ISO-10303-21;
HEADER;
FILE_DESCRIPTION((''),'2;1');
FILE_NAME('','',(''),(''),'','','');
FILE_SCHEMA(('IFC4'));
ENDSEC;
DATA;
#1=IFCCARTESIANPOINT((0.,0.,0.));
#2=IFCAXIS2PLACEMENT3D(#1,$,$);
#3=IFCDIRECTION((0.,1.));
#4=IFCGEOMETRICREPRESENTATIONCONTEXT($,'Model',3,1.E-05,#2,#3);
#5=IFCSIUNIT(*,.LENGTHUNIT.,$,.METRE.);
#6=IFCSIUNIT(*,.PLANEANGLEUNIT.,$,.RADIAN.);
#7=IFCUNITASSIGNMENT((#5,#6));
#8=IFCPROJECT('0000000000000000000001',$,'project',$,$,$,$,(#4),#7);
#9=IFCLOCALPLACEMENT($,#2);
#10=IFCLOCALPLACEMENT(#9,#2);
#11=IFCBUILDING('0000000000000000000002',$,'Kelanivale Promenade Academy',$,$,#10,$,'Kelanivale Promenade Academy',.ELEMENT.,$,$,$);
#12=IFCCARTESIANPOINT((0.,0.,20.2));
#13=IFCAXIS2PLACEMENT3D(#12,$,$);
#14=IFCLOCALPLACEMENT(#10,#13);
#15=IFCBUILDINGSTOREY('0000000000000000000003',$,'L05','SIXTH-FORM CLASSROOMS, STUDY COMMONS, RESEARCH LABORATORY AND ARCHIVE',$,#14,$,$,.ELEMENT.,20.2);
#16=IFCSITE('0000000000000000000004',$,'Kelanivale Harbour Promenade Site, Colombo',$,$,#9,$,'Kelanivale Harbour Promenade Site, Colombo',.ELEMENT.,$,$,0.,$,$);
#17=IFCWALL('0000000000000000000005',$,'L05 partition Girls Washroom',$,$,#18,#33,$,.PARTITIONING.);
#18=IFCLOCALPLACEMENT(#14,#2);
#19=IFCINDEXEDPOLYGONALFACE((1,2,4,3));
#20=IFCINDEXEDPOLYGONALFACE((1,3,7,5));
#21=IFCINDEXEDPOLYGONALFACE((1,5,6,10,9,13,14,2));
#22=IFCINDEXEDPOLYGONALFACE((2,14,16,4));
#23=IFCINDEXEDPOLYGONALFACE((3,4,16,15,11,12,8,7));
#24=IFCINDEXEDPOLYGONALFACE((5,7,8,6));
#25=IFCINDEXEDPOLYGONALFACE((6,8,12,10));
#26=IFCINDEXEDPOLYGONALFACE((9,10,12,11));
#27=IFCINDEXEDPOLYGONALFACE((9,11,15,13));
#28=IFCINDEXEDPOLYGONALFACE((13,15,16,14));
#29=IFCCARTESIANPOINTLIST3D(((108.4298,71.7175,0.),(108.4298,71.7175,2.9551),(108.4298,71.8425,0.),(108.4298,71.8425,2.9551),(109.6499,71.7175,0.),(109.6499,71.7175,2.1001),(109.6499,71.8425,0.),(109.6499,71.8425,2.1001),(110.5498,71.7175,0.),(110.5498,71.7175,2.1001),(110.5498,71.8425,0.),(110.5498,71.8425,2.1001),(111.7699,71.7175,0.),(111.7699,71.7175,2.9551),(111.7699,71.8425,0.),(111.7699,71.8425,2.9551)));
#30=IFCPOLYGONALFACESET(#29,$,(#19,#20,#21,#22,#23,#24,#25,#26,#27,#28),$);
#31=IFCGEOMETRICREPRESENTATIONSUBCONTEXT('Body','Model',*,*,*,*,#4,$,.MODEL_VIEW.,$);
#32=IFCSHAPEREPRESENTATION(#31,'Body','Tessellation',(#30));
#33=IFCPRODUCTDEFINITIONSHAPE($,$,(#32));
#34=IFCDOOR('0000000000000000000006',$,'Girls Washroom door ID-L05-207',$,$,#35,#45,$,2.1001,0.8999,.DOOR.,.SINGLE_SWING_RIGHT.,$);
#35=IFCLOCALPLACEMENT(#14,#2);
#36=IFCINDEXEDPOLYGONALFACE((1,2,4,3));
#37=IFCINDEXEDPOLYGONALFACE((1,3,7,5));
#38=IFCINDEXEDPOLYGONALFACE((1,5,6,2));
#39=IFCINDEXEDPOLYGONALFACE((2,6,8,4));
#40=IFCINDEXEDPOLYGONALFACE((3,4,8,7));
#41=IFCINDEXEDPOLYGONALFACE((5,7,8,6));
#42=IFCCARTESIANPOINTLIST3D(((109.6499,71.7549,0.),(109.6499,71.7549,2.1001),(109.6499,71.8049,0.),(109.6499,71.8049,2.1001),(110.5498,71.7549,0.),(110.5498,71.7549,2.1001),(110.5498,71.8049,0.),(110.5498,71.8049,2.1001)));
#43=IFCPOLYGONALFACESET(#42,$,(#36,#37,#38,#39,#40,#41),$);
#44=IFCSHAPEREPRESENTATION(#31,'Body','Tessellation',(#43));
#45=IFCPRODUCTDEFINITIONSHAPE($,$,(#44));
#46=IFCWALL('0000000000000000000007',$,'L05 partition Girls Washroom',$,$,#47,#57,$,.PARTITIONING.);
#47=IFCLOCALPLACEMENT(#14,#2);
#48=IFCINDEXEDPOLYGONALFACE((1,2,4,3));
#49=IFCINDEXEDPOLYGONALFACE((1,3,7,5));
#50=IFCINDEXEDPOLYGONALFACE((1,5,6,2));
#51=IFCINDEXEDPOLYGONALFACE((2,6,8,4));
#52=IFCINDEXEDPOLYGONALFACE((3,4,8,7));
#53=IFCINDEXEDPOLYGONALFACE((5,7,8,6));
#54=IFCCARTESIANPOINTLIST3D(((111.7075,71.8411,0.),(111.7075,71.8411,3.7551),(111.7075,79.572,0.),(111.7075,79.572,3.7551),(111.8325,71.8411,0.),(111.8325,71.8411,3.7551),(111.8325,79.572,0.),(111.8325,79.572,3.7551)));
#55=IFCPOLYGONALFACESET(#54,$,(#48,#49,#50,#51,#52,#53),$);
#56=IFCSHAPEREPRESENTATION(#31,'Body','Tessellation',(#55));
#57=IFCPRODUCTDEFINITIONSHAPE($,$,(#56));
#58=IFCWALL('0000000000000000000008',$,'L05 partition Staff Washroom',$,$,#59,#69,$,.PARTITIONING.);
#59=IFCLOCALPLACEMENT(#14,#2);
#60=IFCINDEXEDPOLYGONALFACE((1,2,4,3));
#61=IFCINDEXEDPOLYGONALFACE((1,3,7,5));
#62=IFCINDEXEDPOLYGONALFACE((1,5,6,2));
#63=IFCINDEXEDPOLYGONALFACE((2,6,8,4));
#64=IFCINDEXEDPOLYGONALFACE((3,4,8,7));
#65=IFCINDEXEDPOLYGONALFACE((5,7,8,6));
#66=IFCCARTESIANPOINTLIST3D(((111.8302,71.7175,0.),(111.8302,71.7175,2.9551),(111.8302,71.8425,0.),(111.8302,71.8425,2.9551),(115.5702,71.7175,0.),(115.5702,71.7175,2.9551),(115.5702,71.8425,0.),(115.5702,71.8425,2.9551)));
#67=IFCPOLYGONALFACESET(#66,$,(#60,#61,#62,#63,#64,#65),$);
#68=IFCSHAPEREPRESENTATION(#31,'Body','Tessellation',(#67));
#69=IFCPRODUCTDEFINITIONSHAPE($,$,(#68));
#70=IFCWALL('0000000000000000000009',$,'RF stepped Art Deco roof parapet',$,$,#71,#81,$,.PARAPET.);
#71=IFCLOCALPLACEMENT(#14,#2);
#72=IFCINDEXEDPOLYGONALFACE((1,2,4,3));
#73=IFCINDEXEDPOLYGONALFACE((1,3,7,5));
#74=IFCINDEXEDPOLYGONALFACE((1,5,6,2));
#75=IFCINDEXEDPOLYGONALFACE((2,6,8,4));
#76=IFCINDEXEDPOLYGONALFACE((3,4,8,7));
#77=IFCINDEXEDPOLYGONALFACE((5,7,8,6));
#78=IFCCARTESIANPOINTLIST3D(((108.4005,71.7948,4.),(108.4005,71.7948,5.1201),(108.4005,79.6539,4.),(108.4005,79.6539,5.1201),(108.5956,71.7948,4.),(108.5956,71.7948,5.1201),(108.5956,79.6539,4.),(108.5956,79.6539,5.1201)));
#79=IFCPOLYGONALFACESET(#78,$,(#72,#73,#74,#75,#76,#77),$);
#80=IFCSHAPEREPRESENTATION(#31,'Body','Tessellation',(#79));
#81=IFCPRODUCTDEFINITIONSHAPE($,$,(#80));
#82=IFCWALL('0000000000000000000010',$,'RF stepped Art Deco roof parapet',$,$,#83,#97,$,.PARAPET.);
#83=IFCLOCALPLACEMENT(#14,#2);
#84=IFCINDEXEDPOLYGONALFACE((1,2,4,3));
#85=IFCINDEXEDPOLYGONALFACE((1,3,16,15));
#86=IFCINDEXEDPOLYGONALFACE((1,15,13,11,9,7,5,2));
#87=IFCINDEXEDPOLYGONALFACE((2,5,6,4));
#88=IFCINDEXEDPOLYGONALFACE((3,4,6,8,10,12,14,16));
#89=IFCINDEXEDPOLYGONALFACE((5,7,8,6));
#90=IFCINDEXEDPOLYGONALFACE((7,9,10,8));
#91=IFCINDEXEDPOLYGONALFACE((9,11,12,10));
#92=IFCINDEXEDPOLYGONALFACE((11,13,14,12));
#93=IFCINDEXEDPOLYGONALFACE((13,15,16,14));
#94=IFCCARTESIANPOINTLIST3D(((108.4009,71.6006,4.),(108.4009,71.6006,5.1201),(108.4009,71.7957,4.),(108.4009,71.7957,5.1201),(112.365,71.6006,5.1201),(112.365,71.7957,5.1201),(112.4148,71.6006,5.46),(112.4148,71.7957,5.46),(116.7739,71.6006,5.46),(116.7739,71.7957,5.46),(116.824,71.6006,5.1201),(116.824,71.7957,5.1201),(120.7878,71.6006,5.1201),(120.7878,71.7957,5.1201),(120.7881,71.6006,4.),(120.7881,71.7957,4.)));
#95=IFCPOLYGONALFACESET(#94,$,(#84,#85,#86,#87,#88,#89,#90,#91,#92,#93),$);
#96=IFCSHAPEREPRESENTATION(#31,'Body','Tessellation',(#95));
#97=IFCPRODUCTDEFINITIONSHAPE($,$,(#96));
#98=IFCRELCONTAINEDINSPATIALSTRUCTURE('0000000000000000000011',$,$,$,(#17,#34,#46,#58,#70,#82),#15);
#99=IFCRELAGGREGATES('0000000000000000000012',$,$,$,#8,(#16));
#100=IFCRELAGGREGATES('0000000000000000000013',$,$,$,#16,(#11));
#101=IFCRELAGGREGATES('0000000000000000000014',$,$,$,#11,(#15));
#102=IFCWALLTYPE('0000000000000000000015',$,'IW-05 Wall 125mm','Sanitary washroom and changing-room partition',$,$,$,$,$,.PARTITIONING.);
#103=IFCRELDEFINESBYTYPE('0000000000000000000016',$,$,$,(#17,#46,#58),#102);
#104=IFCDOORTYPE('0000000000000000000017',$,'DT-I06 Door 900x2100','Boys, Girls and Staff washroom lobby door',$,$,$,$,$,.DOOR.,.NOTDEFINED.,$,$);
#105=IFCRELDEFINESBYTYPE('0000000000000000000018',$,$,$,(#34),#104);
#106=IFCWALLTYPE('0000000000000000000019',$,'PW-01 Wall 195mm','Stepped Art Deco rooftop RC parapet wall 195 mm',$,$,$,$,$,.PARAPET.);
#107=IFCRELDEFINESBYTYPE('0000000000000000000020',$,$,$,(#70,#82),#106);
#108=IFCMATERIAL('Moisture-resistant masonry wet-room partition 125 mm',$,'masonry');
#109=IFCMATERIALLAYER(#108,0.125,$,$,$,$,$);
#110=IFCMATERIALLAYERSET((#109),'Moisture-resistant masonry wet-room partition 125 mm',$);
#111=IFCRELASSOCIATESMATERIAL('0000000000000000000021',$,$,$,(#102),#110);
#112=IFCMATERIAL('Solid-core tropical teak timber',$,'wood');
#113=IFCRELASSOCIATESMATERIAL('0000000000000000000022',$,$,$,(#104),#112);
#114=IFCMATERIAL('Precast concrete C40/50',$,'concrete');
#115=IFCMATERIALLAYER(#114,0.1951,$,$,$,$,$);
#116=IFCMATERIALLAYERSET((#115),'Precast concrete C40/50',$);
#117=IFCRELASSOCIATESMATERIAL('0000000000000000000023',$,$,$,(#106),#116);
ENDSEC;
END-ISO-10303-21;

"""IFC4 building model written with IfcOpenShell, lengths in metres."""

from ifc_helpers import new_model, si_unit, direction, frame, frame_2d, origin, place, context, subcontext, project, spatial, polyline, rectangle, outline, extrude, material, layer, layer_set, type_object, element, fill, save


model = new_model("IFC4")

# Units and contexts
model_context = context("Model", 3, precision=1e-05, world=origin(), true_north=direction((0.0, 1.0)))
body_context = subcontext(model_context, "Body", "Model", "MODEL_VIEW")
ifc_project = project(units=[si_unit("LENGTHUNIT", "METRE"), si_unit("PLANEANGLEUNIT", "RADIAN")], contexts=[model_context])

# Site, building, storey
site_placement = place(None, origin())
site = spatial("IfcSite", under=ifc_project, at=site_placement, Name="Kelanivale Harbour Promenade Site, Colombo", LongName="Kelanivale Harbour Promenade Site, Colombo", CompositionType="ELEMENT", RefElevation=0.0)
building_placement = place(site_placement, origin())
building = spatial("IfcBuilding", under=site, at=building_placement, Name="Kelanivale Promenade Academy", LongName="Kelanivale Promenade Academy", CompositionType="ELEMENT")
storey_placement = place(building_placement, frame((0.0, 0.0, 20.2)))
storey = spatial("IfcBuildingStorey", under=building, at=storey_placement, Name="L05", Description="SIXTH-FORM CLASSROOMS, STUDY COMMONS, RESEARCH LABORATORY AND ARCHIVE", CompositionType="ELEMENT", Elevation=20.2)

# Wall, opening, door
ifc_material_1 = material(Name="Moisture-resistant masonry wet-room partition 125 mm", Category="masonry")
ifc_layer_1 = layer(ifc_material_1, 0.125)
ifc_layer_set_1 = layer_set([ifc_layer_1], Name="Moisture-resistant masonry wet-room partition 125 mm")
wall_type_1 = type_object("IfcWallType", Name="IW-05 Wall 125mm", Description="Sanitary washroom and changing-room partition", PredefinedType="PARTITIONING", material=ifc_layer_set_1)
wall_1_placement = place(storey_placement, frame((108.4299, 71.78, 0.0), z_axis=(0.0, 0.0, 1.0), x_axis=(1.0, 0.0, 0.0)))
wall_1 = element("IfcWall", 1, at=wall_1_placement, inside=storey, type_object=wall_type_1, Name="L05 partition Girls Washroom", PredefinedType="PARTITIONING", context=body_context, shape_type="SweptSolid", body=[
    extrude(rectangle(XDim=3.3401, YDim=0.125, at=frame_2d((1.6699, 0.0))), origin(), (0.0, 0.0, 1.0), 2.9551),
])
opening_1_placement = place(wall_1_placement, frame((1.22, 0.0, 0.0)))
opening_1 = element("IfcOpeningElement", 2, at=opening_1_placement, cuts=wall_1, PredefinedType="OPENING", context=body_context, shape_type="SweptSolid", body=[
    extrude(rectangle(XDim=0.8999, YDim=2.1001, at=frame_2d((0.45, 1.05))), frame((0.0, 0.0725, 0.0), z_axis=(0.0, -1.0, 0.0), x_axis=(1.0, 0.0, 0.0)), (0.0, 0.0, 1.0), 0.145),
])
ifc_material_2 = material(Name="Solid-core tropical teak timber", Category="wood")
door_type_1 = type_object("IfcDoorType", Name="DT-I06 Door 900x2100", Description="Boys, Girls and Staff washroom lobby door", OperationType="NOTDEFINED", PredefinedType="DOOR", material=ifc_material_2)
door_1_placement = place(opening_1_placement, origin())
door_1 = element("IfcDoor", 3, at=door_1_placement, inside=storey, type_object=door_type_1, Name="Girls Washroom door ID-L05-207", OperationType="SINGLE_SWING_RIGHT", OverallHeight=2.1001, OverallWidth=0.8999, PredefinedType="DOOR", context=body_context, shape_type="SweptSolid", body=[
    extrude(rectangle(XDim=0.8999, YDim=2.1001, at=frame_2d((0.45, 1.05))), frame((0.0, 0.0249, 0.0), z_axis=(0.0, -1.0, 0.0), x_axis=(1.0, 0.0, 0.0)), (0.0, 0.0, 1.0), 0.05),
])
fill(opening_1, door_1)

# Walls
wall_2_placement = place(storey_placement, frame((111.77, 71.8411, 0.0), z_axis=(0.0, 0.0, 1.0), x_axis=(0.0, 1.0, 0.0)))
element("IfcWall", 4, at=wall_2_placement, inside=storey, type_object=wall_type_1, Name="L05 partition Girls Washroom", PredefinedType="PARTITIONING", context=body_context, shape_type="SweptSolid", body=[
    extrude(rectangle(XDim=7.731, YDim=0.125, at=frame_2d((3.8655, 0.0))), origin(), (0.0, 0.0, 1.0), 3.7551),
])
wall_3_placement = place(storey_placement, frame((111.8301, 71.78, 0.0), z_axis=(0.0, 0.0, 1.0), x_axis=(1.0, 0.0, 0.0)))
element("IfcWall", 5, at=wall_3_placement, inside=storey, type_object=wall_type_1, Name="L05 partition Staff Washroom", PredefinedType="PARTITIONING", context=body_context, shape_type="SweptSolid", body=[
    extrude(rectangle(XDim=3.74, YDim=0.125, at=frame_2d((1.8701, 0.0))), origin(), (0.0, 0.0, 1.0), 2.9551),
])
ifc_material_3 = material(Name="Precast concrete C40/50", Category="concrete")
ifc_layer_2 = layer(ifc_material_3, 0.1951)
ifc_layer_set_2 = layer_set([ifc_layer_2], Name="Precast concrete C40/50")
wall_type_2 = type_object("IfcWallType", Name="PW-01 Wall 195mm", Description="Stepped Art Deco rooftop RC parapet wall 195 mm", PredefinedType="PARAPET", material=ifc_layer_set_2)
wall_4_placement = place(storey_placement, frame((108.498, 79.6541, 4.0), z_axis=(0.0, 0.0, 1.0), x_axis=(0.0, -1.0, 0.0)))
element("IfcWall", 6, at=wall_4_placement, inside=storey, type_object=wall_type_2, Name="RF stepped Art Deco roof parapet", PredefinedType="PARAPET", context=body_context, shape_type="SweptSolid", body=[
    extrude(rectangle(XDim=7.8591, YDim=0.1951, at=frame_2d((3.9297, 0.0))), origin(), (0.0, 0.0, 1.0), 1.1201),
])
wall_5_placement = place(storey_placement, frame((108.4009, 71.698, 4.0), z_axis=(0.0, 0.0, 1.0), x_axis=(1.0, 0.0, 0.0)))
element("IfcWall", 7, at=wall_5_placement, inside=storey, type_object=wall_type_2, Name="RF stepped Art Deco roof parapet", PredefinedType="PARAPET", context=body_context, shape_type="SweptSolid", body=[
    extrude(outline(polyline([(0.0, 0.0), (12.3872, 0.0), (12.387, 1.1201), (8.4231, 1.1201), (8.373, 1.46), (4.0139, 1.46), (3.9641, 1.1201), (0.0, 1.1201), (0.0, 0.0)])), frame((0.0, 0.0977, 0.0), z_axis=(0.0, -1.0, 0.0), x_axis=(1.0, 0.0, 0.0)), (0.0, 0.0, 1.0), 0.1951),
])

save(model, "model.ifc")
